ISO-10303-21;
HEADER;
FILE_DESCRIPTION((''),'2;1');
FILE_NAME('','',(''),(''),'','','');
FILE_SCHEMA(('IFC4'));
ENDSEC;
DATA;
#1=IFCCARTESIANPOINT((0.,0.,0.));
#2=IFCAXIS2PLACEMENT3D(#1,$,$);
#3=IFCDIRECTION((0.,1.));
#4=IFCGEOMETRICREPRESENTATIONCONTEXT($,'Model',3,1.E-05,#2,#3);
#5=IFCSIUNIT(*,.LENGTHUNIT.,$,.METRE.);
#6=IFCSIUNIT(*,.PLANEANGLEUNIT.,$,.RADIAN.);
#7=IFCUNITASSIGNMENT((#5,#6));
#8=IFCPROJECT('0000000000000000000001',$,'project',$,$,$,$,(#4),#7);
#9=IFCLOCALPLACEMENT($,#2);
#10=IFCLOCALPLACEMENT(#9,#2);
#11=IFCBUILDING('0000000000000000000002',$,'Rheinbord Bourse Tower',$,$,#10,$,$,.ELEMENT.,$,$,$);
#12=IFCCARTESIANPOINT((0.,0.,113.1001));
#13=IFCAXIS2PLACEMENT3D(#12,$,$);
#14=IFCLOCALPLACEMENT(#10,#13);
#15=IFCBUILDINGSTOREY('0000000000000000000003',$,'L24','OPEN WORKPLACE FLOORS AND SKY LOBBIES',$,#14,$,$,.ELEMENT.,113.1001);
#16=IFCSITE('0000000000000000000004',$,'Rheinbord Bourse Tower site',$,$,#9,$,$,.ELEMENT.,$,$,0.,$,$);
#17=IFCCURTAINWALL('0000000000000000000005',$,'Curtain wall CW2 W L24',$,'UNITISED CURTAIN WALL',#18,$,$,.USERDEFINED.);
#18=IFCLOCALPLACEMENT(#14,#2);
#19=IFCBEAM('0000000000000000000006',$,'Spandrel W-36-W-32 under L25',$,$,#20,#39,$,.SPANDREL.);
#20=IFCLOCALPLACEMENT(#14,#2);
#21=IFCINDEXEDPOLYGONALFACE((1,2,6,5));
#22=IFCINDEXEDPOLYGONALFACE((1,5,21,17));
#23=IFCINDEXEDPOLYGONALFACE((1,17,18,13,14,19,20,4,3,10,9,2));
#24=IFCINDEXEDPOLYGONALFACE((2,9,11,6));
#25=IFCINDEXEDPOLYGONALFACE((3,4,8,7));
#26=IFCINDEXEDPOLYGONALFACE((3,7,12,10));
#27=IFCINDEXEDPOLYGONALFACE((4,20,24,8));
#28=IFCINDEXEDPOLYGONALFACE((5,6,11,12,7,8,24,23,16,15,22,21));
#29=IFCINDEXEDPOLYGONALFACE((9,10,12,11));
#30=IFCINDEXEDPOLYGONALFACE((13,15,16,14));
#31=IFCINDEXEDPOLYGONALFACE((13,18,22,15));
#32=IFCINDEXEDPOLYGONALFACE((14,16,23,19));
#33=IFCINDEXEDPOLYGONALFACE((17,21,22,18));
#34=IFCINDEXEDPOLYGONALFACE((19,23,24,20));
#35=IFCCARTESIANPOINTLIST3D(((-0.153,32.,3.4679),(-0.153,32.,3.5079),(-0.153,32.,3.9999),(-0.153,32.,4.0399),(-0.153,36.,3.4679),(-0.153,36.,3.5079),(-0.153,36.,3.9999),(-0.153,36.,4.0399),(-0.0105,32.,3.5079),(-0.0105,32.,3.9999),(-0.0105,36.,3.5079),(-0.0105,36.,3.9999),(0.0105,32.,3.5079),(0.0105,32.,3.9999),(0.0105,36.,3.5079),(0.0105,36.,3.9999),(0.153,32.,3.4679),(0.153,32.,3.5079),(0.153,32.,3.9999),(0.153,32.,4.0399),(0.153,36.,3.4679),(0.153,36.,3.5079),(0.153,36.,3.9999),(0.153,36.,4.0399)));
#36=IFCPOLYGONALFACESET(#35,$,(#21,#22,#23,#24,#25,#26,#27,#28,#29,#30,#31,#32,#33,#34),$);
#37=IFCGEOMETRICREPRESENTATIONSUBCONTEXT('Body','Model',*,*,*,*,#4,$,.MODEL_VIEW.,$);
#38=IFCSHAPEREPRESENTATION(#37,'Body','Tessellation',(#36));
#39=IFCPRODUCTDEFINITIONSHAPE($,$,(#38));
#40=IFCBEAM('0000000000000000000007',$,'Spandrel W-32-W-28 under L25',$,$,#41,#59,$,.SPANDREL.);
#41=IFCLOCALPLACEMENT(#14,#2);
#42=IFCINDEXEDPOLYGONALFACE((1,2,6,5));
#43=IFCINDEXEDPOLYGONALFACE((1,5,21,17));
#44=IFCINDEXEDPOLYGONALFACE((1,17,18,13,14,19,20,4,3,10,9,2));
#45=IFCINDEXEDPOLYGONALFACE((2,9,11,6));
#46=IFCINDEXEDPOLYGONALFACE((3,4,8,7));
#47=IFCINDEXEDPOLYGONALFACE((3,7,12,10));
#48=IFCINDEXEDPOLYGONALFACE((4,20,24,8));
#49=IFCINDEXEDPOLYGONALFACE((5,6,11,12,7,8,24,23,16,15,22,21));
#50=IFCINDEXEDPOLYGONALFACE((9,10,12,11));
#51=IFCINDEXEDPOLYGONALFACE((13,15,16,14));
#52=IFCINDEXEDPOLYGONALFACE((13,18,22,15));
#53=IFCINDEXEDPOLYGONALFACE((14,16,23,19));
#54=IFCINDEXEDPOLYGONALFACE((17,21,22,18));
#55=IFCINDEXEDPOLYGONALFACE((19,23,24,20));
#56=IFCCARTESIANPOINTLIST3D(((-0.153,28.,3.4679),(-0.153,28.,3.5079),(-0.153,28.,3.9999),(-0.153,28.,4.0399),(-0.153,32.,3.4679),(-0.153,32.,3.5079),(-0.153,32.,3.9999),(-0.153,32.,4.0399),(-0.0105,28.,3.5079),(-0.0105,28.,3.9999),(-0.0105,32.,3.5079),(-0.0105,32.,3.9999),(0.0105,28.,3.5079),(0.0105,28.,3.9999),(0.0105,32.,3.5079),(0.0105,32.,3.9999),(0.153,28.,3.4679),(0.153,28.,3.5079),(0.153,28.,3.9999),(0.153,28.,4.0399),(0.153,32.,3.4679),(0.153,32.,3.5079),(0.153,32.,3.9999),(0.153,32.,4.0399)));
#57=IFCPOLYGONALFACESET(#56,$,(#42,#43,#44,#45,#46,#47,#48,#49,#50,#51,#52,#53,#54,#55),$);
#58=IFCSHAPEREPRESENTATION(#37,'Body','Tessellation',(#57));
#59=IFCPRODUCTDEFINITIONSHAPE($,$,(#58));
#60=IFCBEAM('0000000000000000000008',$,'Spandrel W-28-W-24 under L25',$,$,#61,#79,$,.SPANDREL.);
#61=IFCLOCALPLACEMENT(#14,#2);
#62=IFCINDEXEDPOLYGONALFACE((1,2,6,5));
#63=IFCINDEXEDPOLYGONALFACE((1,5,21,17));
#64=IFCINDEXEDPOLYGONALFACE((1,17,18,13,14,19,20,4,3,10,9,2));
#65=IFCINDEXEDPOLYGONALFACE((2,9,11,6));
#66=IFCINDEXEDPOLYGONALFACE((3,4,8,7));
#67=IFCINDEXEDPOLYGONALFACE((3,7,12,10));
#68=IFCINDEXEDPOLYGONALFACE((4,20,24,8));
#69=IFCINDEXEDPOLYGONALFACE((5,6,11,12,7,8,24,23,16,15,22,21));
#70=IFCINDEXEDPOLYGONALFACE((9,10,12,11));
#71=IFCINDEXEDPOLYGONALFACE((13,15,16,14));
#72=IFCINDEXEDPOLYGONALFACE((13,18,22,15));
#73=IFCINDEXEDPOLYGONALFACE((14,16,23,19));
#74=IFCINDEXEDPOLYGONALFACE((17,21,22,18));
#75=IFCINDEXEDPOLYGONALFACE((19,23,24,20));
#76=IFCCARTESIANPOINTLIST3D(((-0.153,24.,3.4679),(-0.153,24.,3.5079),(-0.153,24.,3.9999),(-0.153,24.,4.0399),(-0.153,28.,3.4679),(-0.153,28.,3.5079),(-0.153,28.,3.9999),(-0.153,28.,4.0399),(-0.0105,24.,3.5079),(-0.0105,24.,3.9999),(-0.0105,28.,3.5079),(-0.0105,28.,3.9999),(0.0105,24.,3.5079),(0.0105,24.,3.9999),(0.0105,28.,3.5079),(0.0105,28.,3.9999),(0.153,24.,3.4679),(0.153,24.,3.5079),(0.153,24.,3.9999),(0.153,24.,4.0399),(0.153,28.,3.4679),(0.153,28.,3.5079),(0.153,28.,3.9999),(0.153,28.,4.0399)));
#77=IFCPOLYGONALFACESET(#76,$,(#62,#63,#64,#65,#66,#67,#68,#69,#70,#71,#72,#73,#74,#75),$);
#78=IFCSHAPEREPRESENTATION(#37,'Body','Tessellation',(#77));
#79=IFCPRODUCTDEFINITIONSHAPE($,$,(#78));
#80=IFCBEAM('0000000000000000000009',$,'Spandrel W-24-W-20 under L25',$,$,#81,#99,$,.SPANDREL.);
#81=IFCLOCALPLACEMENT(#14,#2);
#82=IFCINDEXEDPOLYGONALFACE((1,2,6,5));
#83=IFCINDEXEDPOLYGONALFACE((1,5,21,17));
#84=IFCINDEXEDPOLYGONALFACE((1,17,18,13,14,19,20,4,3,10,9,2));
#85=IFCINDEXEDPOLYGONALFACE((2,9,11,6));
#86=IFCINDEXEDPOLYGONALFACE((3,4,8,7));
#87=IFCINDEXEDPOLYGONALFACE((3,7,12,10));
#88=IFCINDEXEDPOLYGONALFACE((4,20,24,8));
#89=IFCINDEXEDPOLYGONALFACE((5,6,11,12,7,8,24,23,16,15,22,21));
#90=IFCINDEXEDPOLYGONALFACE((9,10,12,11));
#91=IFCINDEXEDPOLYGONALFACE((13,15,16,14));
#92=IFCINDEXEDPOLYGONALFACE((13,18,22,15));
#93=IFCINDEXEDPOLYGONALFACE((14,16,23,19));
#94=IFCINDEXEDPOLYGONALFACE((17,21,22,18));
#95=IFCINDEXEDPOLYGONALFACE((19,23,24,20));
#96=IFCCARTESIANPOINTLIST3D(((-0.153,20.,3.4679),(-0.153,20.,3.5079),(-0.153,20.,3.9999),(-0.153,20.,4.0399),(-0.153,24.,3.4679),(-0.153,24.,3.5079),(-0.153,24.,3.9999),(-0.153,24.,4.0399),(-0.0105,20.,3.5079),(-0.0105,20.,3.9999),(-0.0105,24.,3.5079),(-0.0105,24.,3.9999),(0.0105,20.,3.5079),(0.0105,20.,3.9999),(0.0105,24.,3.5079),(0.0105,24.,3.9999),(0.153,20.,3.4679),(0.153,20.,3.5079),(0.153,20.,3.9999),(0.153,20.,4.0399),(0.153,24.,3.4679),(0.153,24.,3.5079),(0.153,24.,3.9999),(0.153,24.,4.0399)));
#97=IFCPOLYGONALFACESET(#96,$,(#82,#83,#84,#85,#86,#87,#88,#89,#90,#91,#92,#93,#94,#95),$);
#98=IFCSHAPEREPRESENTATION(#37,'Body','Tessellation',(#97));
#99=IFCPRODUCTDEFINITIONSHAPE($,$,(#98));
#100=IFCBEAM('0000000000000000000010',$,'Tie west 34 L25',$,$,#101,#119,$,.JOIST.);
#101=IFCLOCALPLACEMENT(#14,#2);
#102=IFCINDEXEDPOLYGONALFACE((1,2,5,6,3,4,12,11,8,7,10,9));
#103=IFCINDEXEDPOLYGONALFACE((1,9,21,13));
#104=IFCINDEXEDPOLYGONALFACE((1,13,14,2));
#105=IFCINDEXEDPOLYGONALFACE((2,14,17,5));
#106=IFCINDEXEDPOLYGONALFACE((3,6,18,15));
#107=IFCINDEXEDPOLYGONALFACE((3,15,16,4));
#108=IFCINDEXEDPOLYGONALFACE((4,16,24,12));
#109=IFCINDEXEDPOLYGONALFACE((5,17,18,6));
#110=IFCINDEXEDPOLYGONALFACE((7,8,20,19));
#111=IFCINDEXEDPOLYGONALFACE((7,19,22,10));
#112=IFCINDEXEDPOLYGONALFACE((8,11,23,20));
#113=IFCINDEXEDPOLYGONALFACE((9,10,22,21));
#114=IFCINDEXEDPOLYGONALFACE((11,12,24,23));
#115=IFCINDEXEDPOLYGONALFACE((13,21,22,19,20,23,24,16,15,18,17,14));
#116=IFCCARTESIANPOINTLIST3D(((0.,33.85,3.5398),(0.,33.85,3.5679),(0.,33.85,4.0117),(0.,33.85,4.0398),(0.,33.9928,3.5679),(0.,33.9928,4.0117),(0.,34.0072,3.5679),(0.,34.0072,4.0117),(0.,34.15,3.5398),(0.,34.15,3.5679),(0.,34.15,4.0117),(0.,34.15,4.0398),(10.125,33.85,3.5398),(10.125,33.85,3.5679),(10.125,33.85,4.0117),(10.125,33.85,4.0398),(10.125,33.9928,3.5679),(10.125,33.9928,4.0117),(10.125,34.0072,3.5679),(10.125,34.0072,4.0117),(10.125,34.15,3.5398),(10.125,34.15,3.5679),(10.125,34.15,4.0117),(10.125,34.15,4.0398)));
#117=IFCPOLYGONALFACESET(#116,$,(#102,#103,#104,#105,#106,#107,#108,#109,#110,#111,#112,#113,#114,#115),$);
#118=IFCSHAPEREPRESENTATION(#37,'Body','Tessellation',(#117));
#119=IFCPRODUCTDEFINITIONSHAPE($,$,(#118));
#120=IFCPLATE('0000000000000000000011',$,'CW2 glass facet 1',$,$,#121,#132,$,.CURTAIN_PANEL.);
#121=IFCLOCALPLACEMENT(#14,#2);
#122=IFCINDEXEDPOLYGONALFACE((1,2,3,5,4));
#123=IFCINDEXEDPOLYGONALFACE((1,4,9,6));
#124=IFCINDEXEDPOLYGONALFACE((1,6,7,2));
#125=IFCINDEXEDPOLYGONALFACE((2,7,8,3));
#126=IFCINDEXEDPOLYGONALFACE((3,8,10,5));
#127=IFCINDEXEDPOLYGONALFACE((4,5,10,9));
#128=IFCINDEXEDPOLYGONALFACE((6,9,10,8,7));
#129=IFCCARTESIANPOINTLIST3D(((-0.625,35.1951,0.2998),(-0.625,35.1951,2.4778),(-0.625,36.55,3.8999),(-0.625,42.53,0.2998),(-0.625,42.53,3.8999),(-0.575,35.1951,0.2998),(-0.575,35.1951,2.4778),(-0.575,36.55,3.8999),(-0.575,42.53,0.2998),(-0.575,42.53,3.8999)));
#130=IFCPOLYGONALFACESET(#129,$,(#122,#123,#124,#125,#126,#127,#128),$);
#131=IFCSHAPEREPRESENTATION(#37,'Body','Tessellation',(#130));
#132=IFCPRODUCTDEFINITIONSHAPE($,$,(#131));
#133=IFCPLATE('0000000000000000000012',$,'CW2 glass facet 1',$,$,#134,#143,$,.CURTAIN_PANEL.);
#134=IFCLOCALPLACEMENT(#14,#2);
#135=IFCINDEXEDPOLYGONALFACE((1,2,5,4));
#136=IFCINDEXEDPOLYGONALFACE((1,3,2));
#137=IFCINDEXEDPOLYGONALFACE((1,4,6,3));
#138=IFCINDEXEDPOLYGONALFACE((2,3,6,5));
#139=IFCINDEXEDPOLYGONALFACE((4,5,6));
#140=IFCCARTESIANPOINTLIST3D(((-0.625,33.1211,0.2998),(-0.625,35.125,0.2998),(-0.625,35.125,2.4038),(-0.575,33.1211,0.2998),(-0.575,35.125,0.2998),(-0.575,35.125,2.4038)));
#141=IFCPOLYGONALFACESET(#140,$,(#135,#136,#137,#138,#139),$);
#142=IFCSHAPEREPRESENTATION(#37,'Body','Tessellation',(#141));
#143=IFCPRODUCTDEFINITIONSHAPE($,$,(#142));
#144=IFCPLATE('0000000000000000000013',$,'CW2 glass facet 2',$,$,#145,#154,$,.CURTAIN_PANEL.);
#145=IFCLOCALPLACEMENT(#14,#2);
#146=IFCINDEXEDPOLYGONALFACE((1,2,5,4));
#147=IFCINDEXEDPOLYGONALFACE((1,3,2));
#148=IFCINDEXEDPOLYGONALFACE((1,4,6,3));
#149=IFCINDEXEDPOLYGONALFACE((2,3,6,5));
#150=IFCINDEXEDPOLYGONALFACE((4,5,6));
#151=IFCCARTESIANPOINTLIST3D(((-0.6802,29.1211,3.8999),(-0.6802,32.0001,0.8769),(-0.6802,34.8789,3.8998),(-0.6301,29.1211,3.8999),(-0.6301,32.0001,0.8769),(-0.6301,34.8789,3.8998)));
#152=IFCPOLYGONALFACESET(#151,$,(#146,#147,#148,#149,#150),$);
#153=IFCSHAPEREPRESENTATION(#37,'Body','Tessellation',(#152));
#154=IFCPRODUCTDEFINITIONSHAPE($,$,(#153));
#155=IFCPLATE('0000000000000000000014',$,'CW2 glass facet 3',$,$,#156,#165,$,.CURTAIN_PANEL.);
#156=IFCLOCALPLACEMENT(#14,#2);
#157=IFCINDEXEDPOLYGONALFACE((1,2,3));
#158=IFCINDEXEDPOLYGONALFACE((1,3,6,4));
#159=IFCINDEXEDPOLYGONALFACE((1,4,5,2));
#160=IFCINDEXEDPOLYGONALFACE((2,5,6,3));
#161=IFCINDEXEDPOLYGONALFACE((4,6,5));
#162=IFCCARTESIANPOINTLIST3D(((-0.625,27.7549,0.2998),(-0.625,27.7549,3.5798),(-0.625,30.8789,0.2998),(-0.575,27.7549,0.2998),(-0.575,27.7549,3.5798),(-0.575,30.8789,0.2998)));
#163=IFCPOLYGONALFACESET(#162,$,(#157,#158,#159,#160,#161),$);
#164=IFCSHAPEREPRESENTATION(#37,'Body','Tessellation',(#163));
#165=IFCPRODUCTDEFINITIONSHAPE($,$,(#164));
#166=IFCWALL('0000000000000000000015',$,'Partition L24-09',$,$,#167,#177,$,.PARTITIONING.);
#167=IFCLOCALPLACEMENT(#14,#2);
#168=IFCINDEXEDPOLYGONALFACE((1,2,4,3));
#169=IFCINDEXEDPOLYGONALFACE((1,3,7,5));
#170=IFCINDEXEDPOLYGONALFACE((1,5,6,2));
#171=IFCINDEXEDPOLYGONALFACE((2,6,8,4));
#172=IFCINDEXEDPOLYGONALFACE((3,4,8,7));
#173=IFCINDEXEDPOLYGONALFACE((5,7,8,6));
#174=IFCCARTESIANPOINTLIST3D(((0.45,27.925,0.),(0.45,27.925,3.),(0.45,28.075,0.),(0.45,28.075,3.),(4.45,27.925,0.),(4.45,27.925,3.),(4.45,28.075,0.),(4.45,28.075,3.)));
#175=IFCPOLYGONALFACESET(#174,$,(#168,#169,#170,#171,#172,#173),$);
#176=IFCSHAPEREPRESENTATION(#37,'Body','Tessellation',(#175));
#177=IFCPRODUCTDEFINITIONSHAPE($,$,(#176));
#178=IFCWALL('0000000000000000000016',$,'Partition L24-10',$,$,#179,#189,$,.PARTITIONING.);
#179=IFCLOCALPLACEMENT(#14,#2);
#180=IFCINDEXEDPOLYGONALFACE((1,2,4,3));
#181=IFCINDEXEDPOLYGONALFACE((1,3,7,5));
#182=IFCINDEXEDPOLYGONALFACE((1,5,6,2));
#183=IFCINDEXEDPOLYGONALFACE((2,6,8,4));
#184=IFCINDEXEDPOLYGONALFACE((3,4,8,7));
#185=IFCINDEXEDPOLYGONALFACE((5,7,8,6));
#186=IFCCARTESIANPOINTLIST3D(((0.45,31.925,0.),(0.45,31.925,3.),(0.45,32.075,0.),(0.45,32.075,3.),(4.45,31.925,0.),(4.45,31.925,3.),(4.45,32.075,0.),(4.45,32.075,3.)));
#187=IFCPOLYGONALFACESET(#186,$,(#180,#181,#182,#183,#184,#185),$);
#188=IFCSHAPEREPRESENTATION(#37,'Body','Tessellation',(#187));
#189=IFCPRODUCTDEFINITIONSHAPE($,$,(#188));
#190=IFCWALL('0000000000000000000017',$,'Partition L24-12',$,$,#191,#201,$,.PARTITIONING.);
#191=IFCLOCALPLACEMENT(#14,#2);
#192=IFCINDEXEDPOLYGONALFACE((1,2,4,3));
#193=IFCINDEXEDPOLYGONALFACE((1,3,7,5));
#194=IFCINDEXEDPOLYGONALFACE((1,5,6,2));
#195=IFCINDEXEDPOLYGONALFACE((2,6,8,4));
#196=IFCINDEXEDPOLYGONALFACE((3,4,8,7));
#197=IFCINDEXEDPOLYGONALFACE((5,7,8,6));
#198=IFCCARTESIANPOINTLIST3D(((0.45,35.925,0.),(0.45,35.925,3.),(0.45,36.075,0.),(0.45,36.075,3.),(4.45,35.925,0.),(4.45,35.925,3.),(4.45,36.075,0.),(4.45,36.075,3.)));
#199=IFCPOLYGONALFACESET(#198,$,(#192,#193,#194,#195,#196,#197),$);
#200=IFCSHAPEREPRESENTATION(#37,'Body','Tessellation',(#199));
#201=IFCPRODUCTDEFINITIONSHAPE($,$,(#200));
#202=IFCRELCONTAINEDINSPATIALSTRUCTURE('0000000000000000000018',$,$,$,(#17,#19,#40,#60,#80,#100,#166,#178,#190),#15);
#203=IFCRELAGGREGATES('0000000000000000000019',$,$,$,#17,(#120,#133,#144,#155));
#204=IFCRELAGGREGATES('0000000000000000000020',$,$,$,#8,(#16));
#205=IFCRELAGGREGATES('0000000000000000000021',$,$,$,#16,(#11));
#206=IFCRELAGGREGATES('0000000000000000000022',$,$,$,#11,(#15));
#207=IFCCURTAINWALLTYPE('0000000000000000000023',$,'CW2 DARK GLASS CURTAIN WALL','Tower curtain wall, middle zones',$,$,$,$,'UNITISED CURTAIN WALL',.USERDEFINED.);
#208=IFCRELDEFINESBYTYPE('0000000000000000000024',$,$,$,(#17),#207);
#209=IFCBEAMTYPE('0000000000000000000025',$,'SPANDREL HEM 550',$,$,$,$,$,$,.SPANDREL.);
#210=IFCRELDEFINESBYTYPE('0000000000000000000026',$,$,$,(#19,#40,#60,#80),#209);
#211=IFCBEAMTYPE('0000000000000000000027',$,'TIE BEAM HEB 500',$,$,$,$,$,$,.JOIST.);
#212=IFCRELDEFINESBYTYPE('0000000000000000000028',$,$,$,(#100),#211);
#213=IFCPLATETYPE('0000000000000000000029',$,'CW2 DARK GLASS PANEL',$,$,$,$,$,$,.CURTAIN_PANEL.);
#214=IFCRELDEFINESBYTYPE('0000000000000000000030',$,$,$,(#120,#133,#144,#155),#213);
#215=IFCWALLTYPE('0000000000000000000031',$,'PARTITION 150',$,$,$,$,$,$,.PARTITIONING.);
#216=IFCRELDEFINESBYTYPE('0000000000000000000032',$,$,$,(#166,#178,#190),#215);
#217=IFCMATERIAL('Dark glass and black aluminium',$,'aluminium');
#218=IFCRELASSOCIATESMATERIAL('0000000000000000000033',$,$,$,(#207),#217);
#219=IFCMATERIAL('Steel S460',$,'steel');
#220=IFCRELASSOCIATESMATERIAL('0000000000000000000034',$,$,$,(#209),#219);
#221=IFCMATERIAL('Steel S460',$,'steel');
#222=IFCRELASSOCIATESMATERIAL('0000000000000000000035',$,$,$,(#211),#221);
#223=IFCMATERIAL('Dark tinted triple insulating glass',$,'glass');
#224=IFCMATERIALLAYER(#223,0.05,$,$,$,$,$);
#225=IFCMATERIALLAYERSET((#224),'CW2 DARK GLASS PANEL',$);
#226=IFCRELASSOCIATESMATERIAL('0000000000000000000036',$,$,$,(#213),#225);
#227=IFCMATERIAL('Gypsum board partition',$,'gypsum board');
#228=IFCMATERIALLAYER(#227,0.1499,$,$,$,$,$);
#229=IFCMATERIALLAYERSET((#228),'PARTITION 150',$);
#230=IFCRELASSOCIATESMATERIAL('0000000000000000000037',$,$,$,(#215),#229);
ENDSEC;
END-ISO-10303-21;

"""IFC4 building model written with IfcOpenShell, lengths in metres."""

from ifc_helpers import new_model, si_unit, direction, frame, frame_2d, origin, origin_2d, place, context, subcontext, project, spatial, polyline, rectangle, i_section, outline, extrude, material, layer, layer_set, material_profile, profile_set, type_object, element, aggregate, save


model = new_model("IFC4")

# Units and contexts
model_context = context("Model", 3, precision=1e-05, world=origin(), true_north=direction((0.0, 1.0)))
body_context = subcontext(model_context, "Body", "Model", "MODEL_VIEW")
ifc_project = project(units=[si_unit("LENGTHUNIT", "METRE"), si_unit("PLANEANGLEUNIT", "RADIAN")], contexts=[model_context])

# Site, building, storey
site_placement = place(None, origin())
site = spatial("IfcSite", under=ifc_project, at=site_placement, Name="Rheinbord Bourse Tower site", CompositionType="ELEMENT", RefElevation=0.0)
building_placement = place(site_placement, origin())
building = spatial("IfcBuilding", under=site, at=building_placement, Name="Rheinbord Bourse Tower", CompositionType="ELEMENT")
storey_placement = place(building_placement, frame((0.0, 0.0, 113.1001)))
storey = spatial("IfcBuildingStorey", under=building, at=storey_placement, Name="L24", Description="OPEN WORKPLACE FLOORS AND SKY LOBBIES", CompositionType="ELEMENT", Elevation=113.1001)

# Curtain wall
ifc_material_1 = material(Name="Dark glass and black aluminium", Category="aluminium")
curtain_wall_type = type_object("IfcCurtainWallType", Name="CW2 DARK GLASS CURTAIN WALL", Description="Tower curtain wall, middle zones", ElementType="UNITISED CURTAIN WALL", PredefinedType="USERDEFINED", material=ifc_material_1)
curtain_wall_placement = place(storey_placement, origin())
curtain_wall = element("IfcCurtainWall", 1, at=curtain_wall_placement, inside=storey, type_object=curtain_wall_type, Name="Curtain wall CW2 W L24", ObjectType="UNITISED CURTAIN WALL", PredefinedType="USERDEFINED")

# Beams
ifc_material_2 = material(Name="Steel S460", Category="steel")
ifc_material_profile_1 = material_profile(ifc_material_2, i_section(OverallWidth=0.3059, OverallDepth=0.572, WebThickness=0.021, FlangeThickness=0.04, at=origin_2d()), Name="HEM 550")
ifc_profile_set_1 = profile_set([ifc_material_profile_1], Name="Steel S460")
beam_type_1 = type_object("IfcBeamType", Name="SPANDREL HEM 550", PredefinedType="SPANDREL", material=ifc_profile_set_1)
for number, where, z_axis, x_axis, name in (
    (2, (0.0, 36.0, 3.7539), (0.0, -1.0, 0.0), (1.0, 0.0, 0.0), "Spandrel W-36-W-32 under L25"),
    (3, (0.0, 32.0, 3.7539), (0.0, -1.0, 0.0), (1.0, 0.0, 0.0), "Spandrel W-32-W-28 under L25"),
    (4, (0.0, 28.0, 3.7539), (0.0, -1.0, 0.0), (1.0, 0.0, 0.0), "Spandrel W-28-W-24 under L25"),
    (5, (0.0, 24.0, 3.7539), (0.0, -1.0, 0.0), (1.0, 0.0, 0.0), "Spandrel W-24-W-20 under L25"),
):
    element("IfcBeam", number, at=place(storey_placement, frame(where, z_axis=z_axis, x_axis=x_axis)), inside=storey, type_object=beam_type_1, Name=name, PredefinedType="SPANDREL", context=body_context, shape_type="SweptSolid", body=[
        extrude(i_section(OverallWidth=0.3059, OverallDepth=0.572, WebThickness=0.021, FlangeThickness=0.04, at=origin_2d()), origin(), (0.0, 0.0, 1.0), 4.0),
    ])
ifc_material_3 = material(Name="Steel S460", Category="steel")
ifc_material_profile_2 = material_profile(ifc_material_3, i_section(OverallWidth=0.3, OverallDepth=0.5, WebThickness=0.0144, FlangeThickness=0.0281, at=origin_2d()), Name="HEB 500")
ifc_profile_set_2 = profile_set([ifc_material_profile_2], Name="Steel S460")
beam_type_2 = type_object("IfcBeamType", Name="TIE BEAM HEB 500", PredefinedType="JOIST", material=ifc_profile_set_2)
beam_1_placement = place(storey_placement, frame((0.0, 34.0, 3.7898), z_axis=(1.0, 0.0, 0.0), x_axis=(0.0, 1.0, 0.0)))
element("IfcBeam", 6, at=beam_1_placement, inside=storey, type_object=beam_type_2, Name="Tie west 34 L25", PredefinedType="JOIST", context=body_context, shape_type="SweptSolid", body=[
    extrude(i_section(OverallWidth=0.3, OverallDepth=0.5, WebThickness=0.0144, FlangeThickness=0.0281, at=origin_2d()), origin(), (0.0, 0.0, 1.0), 10.125),
])

# Plates
ifc_material_4 = material(Name="Dark tinted triple insulating glass", Category="glass")
ifc_layer_1 = layer(ifc_material_4, 0.05)
ifc_layer_set_1 = layer_set([ifc_layer_1], Name="CW2 DARK GLASS PANEL")
plate_type = type_object("IfcPlateType", Name="CW2 DARK GLASS PANEL", PredefinedType="CURTAIN_PANEL", material=ifc_layer_set_1)
plate_1_placement = place(storey_placement, frame((-0.625, 35.1951, 0.2998), z_axis=(1.0, 0.0, 0.0), x_axis=(0.0, 1.0, 0.0)))
plate_1 = element("IfcPlate", 7, at=plate_1_placement, type_object=plate_type, Name="CW2 glass facet 1", PredefinedType="CURTAIN_PANEL", context=body_context, shape_type="SweptSolid", body=[
    extrude(outline(polyline([(0.0, 0.0), (7.335, 0.0), (7.335, 3.6001), (1.355, 3.6001), (0.0, 2.178), (0.0, 0.0)])), origin(), (0.0, 0.0, 1.0), 0.05),
])
plate_2_placement = place(storey_placement, frame((-0.625, 35.125, 0.2998), z_axis=(1.0, 0.0, 0.0), x_axis=(0.0, 0.0, 1.0)))
plate_2 = element("IfcPlate", 8, at=plate_2_placement, type_object=plate_type, Name="CW2 glass facet 1", PredefinedType="CURTAIN_PANEL", context=body_context, shape_type="SweptSolid", body=[
    extrude(outline(polyline([(0.0, 0.0), (2.104, 0.0), (0.0, 2.0039), (0.0, 0.0)])), origin(), (0.0, 0.0, 1.0), 0.05),
])
plate_3_placement = place(storey_placement, frame((-0.6802, 29.1211, 3.8999), z_axis=(1.0, 0.0, 0.0), x_axis=(0.0, 0.689643, -0.724149)))
plate_3 = element("IfcPlate", 9, at=plate_3_placement, type_object=plate_type, Name="CW2 glass facet 2", PredefinedType="CURTAIN_PANEL", context=body_context, shape_type="SweptSolid", body=[
    extrude(outline(polyline([(0.0, 0.0), (4.1746, 0.0), (3.9709, 4.1694), (0.0, 0.0)])), origin(), (0.0, 0.0, 1.0), 0.05),
])
plate_4_placement = place(storey_placement, frame((-0.625, 27.7549, 0.2998), z_axis=(1.0, 0.0, 0.0), x_axis=(0.0, 1.0, 0.0)))
plate_4 = element("IfcPlate", 10, at=plate_4_placement, type_object=plate_type, Name="CW2 glass facet 3", PredefinedType="CURTAIN_PANEL", context=body_context, shape_type="SweptSolid", body=[
    extrude(outline(polyline([(0.0, 0.0), (3.124, 0.0), (0.0, 3.28), (0.0, 0.0)])), origin(), (0.0, 0.0, 1.0), 0.05),
])
aggregate(curtain_wall, [plate_1, plate_2, plate_3, plate_4])

# Walls
ifc_material_5 = material(Name="Gypsum board partition", Category="gypsum board")
ifc_layer_2 = layer(ifc_material_5, 0.1499)
ifc_layer_set_2 = layer_set([ifc_layer_2], Name="PARTITION 150")
wall_type = type_object("IfcWallType", Name="PARTITION 150", PredefinedType="PARTITIONING", material=ifc_layer_set_2)
for number, where, z_axis, x_axis, name in (
    (11, (0.45, 28.0, 0.0), (0.0, 0.0, 1.0), (1.0, 0.0, 0.0), "Partition L24-09"),
    (12, (0.45, 32.0, 0.0), (0.0, 0.0, 1.0), (1.0, 0.0, 0.0), "Partition L24-10"),
    (13, (0.45, 36.0, 0.0), (0.0, 0.0, 1.0), (1.0, 0.0, 0.0), "Partition L24-12"),
):
    element("IfcWall", number, at=place(storey_placement, frame(where, z_axis=z_axis, x_axis=x_axis)), inside=storey, type_object=wall_type, Name=name, PredefinedType="PARTITIONING", context=body_context, shape_type="SweptSolid", body=[
        extrude(rectangle(XDim=4.0, YDim=0.1499, at=frame_2d((2.0, 0.0))), origin(), (0.0, 0.0, 1.0), 3.0),
    ])

save(model, "model.ifc")
